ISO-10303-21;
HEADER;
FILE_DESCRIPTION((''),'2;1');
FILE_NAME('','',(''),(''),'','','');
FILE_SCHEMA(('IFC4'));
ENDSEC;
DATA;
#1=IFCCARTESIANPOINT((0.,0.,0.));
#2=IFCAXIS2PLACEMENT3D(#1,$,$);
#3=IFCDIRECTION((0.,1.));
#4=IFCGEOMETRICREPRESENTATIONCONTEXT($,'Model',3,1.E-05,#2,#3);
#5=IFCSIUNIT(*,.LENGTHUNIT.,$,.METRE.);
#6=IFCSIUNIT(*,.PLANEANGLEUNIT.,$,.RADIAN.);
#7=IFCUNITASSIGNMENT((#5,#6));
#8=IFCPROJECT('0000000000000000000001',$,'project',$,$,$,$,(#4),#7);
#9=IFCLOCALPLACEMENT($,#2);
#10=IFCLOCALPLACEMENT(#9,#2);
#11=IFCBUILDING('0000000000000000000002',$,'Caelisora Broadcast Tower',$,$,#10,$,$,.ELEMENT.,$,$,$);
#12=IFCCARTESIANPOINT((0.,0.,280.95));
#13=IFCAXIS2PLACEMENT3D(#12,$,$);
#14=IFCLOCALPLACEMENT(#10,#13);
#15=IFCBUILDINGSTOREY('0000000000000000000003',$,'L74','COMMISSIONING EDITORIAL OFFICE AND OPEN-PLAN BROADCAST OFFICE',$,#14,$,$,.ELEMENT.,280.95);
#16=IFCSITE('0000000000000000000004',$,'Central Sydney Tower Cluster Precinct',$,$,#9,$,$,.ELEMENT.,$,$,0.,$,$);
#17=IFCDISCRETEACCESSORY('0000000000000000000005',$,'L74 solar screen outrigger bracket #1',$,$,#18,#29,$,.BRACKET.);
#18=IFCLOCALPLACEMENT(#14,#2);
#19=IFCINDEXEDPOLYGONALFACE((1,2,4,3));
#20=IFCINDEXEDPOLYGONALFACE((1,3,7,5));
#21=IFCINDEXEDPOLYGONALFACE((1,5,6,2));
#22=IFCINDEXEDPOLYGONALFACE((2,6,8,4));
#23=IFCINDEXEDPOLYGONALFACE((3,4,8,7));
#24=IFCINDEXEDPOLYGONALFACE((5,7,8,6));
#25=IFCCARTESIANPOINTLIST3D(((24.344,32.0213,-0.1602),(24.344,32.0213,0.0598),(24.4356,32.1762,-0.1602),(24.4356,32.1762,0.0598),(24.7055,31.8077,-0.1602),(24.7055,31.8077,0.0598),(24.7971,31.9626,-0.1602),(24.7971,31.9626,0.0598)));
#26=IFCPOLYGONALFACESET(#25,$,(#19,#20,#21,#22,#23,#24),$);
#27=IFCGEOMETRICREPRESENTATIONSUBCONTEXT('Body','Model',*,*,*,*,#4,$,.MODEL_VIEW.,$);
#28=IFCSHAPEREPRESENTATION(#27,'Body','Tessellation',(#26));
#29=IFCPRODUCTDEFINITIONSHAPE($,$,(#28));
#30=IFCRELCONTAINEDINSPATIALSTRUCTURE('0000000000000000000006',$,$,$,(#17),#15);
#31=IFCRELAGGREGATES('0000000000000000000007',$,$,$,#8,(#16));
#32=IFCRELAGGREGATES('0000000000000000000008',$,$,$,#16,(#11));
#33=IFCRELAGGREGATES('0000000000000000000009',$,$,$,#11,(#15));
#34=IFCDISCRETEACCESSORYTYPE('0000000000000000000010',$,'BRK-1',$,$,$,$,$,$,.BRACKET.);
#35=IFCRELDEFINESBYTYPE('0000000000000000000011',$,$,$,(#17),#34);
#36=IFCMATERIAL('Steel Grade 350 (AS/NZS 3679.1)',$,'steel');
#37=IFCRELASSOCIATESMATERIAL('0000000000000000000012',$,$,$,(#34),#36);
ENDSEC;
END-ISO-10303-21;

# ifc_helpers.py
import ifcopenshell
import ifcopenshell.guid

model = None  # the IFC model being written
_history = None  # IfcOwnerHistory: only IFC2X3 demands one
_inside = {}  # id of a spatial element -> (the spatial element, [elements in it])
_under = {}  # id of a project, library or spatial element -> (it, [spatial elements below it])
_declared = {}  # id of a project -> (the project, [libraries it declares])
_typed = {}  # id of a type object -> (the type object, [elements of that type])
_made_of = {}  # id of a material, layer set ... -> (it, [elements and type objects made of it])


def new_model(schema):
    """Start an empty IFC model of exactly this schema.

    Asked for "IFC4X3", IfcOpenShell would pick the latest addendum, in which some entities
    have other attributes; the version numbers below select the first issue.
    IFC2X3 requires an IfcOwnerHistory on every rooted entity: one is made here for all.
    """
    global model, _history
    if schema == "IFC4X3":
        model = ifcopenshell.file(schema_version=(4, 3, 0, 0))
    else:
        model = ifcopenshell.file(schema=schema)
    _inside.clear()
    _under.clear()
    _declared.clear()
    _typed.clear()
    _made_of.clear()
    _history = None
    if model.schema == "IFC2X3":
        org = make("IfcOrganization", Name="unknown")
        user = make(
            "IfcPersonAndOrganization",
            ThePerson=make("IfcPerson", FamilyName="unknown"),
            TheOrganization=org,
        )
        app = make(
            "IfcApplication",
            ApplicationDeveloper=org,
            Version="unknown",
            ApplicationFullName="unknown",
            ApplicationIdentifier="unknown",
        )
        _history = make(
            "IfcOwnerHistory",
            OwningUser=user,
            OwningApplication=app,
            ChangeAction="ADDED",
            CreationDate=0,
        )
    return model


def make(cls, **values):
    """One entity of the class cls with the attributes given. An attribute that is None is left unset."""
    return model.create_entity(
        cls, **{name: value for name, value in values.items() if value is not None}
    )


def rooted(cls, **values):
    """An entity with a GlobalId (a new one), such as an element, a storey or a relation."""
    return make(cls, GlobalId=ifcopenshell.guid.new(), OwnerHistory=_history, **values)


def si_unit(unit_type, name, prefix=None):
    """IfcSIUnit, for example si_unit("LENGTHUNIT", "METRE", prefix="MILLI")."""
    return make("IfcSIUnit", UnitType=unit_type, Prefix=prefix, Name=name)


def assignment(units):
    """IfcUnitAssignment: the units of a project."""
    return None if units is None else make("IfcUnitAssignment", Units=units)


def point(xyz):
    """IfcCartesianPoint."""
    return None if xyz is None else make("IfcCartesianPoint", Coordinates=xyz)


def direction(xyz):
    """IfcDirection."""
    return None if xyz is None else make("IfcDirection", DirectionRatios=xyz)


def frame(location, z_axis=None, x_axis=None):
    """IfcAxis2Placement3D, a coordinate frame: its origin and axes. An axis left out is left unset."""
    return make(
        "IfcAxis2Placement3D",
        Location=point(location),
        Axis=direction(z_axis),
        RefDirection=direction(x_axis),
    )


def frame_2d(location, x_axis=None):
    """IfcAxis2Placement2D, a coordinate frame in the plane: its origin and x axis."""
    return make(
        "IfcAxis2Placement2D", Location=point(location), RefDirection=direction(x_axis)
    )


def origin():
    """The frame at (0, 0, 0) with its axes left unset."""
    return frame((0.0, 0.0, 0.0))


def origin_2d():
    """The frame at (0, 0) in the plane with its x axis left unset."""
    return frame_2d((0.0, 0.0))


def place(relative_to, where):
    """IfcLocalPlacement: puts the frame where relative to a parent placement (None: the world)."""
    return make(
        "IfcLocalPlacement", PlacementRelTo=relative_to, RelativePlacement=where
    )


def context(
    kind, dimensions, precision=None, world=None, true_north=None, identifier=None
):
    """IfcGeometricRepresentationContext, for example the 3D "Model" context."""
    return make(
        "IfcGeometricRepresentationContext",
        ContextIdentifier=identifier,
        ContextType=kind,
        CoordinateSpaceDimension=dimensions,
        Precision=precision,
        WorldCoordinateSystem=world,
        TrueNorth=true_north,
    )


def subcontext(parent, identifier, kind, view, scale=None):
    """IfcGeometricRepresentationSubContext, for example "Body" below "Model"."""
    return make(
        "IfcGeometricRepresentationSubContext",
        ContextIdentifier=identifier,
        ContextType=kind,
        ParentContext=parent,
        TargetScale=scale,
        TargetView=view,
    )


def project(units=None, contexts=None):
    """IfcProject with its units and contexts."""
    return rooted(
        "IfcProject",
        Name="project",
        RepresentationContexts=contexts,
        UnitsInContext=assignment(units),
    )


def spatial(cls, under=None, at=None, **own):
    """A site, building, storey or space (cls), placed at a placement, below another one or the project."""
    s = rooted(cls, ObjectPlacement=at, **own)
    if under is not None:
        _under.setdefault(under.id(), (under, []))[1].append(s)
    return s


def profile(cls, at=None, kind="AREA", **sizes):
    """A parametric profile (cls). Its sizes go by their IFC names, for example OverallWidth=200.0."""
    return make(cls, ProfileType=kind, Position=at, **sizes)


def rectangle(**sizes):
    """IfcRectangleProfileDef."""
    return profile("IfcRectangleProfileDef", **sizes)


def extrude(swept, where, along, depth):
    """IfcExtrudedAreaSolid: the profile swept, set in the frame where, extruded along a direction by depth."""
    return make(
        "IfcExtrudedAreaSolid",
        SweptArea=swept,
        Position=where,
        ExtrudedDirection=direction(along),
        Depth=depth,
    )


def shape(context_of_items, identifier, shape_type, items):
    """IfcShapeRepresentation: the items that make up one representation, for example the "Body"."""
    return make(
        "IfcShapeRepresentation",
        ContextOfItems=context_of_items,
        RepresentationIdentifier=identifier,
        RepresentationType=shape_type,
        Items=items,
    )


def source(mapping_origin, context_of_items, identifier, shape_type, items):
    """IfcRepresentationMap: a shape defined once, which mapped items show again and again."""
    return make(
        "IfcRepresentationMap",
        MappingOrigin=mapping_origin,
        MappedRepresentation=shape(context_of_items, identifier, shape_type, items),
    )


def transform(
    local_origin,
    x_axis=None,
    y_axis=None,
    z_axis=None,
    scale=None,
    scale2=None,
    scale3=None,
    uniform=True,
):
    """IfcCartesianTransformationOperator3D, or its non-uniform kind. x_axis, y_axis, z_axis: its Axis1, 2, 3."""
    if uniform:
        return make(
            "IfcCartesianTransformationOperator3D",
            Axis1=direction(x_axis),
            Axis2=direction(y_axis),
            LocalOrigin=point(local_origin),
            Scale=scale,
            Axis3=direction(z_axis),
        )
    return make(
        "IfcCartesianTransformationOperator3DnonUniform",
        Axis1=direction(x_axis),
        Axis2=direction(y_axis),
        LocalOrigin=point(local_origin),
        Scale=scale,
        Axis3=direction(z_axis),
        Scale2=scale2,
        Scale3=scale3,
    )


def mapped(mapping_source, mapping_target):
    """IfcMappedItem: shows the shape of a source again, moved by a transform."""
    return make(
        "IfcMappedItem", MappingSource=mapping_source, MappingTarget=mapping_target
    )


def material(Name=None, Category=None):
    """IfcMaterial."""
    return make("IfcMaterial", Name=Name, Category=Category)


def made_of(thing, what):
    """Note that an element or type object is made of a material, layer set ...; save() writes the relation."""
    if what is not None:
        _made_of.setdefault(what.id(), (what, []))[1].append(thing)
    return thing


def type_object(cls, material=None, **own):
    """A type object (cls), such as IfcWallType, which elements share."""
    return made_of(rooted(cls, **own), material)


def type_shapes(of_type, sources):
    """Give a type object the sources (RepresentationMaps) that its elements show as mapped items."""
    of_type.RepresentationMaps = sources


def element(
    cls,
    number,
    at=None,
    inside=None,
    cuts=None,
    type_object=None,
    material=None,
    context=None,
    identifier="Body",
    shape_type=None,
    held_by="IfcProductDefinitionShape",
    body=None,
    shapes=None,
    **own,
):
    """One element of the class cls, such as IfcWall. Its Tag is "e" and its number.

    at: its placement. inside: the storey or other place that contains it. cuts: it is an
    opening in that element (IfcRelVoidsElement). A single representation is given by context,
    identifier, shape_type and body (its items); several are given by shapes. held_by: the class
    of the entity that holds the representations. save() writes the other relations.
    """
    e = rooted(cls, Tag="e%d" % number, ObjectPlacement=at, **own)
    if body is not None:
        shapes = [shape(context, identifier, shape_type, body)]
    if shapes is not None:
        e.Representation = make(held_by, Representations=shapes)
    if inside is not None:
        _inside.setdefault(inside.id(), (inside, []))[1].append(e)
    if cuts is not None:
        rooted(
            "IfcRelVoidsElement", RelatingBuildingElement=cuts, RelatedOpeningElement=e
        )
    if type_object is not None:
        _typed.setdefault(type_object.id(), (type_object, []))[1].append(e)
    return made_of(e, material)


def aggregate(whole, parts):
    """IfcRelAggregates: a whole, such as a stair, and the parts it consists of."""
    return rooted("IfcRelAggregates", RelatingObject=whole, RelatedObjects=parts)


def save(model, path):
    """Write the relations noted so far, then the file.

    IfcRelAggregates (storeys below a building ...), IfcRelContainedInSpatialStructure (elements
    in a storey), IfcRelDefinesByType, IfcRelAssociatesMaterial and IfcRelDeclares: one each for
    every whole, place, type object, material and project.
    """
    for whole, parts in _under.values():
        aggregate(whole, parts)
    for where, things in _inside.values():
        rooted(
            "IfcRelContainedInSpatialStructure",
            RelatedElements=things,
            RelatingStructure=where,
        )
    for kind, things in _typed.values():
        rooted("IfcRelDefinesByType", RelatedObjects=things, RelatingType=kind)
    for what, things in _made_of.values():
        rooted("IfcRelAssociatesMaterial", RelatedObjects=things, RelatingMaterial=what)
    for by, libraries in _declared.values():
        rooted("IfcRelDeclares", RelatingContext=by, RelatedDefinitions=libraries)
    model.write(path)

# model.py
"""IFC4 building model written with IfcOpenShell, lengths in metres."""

from ifc_helpers import new_model, si_unit, direction, frame, origin, origin_2d, place, context, subcontext, project, spatial, rectangle, extrude, source, transform, mapped, material, type_object, type_shapes, element, save


model = new_model("IFC4")

# Units and contexts
model_context = context("Model", 3, precision=1e-05, world=origin(), true_north=direction((0.0, 1.0)))
body_context = subcontext(model_context, "Body", "Model", "MODEL_VIEW")
ifc_project = project(units=[si_unit("LENGTHUNIT", "METRE"), si_unit("PLANEANGLEUNIT", "RADIAN")], contexts=[model_context])

# Site, building, storey
site_placement = place(None, origin())
site = spatial("IfcSite", under=ifc_project, at=site_placement, Name="Central Sydney Tower Cluster Precinct", CompositionType="ELEMENT", RefElevation=0.0)
building_placement = place(site_placement, origin())
building = spatial("IfcBuilding", under=site, at=building_placement, Name="Caelisora Broadcast Tower", CompositionType="ELEMENT")
storey_placement = place(building_placement, frame((0.0, 0.0, 280.95)))
storey = spatial("IfcBuildingStorey", under=building, at=storey_placement, Name="L74", Description="COMMISSIONING EDITORIAL OFFICE AND OPEN-PLAN BROADCAST OFFICE", CompositionType="ELEMENT", Elevation=280.95)

# Shared definitions
ifc_material_1 = material(Name="Steel Grade 350 (AS/NZS 3679.1)", Category="steel")

# Discrete accessory
discrete_accessory_type = type_object("IfcDiscreteAccessoryType", Name="BRK-1", PredefinedType="BRACKET", material=ifc_material_1)
shared_shape_1 = source(origin(), body_context, "Body", "SweptSolid", [
    extrude(rectangle(XDim=0.1799, YDim=0.4199, at=origin_2d()), origin(), (0.0, 0.0, 1.0), 0.22),
])
type_shapes(discrete_accessory_type, [shared_shape_1])
discrete_accessory_placement = place(storey_placement, frame((24.5706, 31.9919, -0.1602), z_axis=(0.0, 0.0, 1.0), x_axis=(-0.508741, -0.86092, 0.0)))
element("IfcDiscreteAccessory", 1, at=discrete_accessory_placement, inside=storey, type_object=discrete_accessory_type, Name="L74 solar screen outrigger bracket #1", PredefinedType="BRACKET", context=body_context, shape_type="MappedRepresentation", body=[
    mapped(shared_shape_1, transform((0.0, 0.0, 0.0), scale=1.0)),
])

save(model, "model.ifc")
